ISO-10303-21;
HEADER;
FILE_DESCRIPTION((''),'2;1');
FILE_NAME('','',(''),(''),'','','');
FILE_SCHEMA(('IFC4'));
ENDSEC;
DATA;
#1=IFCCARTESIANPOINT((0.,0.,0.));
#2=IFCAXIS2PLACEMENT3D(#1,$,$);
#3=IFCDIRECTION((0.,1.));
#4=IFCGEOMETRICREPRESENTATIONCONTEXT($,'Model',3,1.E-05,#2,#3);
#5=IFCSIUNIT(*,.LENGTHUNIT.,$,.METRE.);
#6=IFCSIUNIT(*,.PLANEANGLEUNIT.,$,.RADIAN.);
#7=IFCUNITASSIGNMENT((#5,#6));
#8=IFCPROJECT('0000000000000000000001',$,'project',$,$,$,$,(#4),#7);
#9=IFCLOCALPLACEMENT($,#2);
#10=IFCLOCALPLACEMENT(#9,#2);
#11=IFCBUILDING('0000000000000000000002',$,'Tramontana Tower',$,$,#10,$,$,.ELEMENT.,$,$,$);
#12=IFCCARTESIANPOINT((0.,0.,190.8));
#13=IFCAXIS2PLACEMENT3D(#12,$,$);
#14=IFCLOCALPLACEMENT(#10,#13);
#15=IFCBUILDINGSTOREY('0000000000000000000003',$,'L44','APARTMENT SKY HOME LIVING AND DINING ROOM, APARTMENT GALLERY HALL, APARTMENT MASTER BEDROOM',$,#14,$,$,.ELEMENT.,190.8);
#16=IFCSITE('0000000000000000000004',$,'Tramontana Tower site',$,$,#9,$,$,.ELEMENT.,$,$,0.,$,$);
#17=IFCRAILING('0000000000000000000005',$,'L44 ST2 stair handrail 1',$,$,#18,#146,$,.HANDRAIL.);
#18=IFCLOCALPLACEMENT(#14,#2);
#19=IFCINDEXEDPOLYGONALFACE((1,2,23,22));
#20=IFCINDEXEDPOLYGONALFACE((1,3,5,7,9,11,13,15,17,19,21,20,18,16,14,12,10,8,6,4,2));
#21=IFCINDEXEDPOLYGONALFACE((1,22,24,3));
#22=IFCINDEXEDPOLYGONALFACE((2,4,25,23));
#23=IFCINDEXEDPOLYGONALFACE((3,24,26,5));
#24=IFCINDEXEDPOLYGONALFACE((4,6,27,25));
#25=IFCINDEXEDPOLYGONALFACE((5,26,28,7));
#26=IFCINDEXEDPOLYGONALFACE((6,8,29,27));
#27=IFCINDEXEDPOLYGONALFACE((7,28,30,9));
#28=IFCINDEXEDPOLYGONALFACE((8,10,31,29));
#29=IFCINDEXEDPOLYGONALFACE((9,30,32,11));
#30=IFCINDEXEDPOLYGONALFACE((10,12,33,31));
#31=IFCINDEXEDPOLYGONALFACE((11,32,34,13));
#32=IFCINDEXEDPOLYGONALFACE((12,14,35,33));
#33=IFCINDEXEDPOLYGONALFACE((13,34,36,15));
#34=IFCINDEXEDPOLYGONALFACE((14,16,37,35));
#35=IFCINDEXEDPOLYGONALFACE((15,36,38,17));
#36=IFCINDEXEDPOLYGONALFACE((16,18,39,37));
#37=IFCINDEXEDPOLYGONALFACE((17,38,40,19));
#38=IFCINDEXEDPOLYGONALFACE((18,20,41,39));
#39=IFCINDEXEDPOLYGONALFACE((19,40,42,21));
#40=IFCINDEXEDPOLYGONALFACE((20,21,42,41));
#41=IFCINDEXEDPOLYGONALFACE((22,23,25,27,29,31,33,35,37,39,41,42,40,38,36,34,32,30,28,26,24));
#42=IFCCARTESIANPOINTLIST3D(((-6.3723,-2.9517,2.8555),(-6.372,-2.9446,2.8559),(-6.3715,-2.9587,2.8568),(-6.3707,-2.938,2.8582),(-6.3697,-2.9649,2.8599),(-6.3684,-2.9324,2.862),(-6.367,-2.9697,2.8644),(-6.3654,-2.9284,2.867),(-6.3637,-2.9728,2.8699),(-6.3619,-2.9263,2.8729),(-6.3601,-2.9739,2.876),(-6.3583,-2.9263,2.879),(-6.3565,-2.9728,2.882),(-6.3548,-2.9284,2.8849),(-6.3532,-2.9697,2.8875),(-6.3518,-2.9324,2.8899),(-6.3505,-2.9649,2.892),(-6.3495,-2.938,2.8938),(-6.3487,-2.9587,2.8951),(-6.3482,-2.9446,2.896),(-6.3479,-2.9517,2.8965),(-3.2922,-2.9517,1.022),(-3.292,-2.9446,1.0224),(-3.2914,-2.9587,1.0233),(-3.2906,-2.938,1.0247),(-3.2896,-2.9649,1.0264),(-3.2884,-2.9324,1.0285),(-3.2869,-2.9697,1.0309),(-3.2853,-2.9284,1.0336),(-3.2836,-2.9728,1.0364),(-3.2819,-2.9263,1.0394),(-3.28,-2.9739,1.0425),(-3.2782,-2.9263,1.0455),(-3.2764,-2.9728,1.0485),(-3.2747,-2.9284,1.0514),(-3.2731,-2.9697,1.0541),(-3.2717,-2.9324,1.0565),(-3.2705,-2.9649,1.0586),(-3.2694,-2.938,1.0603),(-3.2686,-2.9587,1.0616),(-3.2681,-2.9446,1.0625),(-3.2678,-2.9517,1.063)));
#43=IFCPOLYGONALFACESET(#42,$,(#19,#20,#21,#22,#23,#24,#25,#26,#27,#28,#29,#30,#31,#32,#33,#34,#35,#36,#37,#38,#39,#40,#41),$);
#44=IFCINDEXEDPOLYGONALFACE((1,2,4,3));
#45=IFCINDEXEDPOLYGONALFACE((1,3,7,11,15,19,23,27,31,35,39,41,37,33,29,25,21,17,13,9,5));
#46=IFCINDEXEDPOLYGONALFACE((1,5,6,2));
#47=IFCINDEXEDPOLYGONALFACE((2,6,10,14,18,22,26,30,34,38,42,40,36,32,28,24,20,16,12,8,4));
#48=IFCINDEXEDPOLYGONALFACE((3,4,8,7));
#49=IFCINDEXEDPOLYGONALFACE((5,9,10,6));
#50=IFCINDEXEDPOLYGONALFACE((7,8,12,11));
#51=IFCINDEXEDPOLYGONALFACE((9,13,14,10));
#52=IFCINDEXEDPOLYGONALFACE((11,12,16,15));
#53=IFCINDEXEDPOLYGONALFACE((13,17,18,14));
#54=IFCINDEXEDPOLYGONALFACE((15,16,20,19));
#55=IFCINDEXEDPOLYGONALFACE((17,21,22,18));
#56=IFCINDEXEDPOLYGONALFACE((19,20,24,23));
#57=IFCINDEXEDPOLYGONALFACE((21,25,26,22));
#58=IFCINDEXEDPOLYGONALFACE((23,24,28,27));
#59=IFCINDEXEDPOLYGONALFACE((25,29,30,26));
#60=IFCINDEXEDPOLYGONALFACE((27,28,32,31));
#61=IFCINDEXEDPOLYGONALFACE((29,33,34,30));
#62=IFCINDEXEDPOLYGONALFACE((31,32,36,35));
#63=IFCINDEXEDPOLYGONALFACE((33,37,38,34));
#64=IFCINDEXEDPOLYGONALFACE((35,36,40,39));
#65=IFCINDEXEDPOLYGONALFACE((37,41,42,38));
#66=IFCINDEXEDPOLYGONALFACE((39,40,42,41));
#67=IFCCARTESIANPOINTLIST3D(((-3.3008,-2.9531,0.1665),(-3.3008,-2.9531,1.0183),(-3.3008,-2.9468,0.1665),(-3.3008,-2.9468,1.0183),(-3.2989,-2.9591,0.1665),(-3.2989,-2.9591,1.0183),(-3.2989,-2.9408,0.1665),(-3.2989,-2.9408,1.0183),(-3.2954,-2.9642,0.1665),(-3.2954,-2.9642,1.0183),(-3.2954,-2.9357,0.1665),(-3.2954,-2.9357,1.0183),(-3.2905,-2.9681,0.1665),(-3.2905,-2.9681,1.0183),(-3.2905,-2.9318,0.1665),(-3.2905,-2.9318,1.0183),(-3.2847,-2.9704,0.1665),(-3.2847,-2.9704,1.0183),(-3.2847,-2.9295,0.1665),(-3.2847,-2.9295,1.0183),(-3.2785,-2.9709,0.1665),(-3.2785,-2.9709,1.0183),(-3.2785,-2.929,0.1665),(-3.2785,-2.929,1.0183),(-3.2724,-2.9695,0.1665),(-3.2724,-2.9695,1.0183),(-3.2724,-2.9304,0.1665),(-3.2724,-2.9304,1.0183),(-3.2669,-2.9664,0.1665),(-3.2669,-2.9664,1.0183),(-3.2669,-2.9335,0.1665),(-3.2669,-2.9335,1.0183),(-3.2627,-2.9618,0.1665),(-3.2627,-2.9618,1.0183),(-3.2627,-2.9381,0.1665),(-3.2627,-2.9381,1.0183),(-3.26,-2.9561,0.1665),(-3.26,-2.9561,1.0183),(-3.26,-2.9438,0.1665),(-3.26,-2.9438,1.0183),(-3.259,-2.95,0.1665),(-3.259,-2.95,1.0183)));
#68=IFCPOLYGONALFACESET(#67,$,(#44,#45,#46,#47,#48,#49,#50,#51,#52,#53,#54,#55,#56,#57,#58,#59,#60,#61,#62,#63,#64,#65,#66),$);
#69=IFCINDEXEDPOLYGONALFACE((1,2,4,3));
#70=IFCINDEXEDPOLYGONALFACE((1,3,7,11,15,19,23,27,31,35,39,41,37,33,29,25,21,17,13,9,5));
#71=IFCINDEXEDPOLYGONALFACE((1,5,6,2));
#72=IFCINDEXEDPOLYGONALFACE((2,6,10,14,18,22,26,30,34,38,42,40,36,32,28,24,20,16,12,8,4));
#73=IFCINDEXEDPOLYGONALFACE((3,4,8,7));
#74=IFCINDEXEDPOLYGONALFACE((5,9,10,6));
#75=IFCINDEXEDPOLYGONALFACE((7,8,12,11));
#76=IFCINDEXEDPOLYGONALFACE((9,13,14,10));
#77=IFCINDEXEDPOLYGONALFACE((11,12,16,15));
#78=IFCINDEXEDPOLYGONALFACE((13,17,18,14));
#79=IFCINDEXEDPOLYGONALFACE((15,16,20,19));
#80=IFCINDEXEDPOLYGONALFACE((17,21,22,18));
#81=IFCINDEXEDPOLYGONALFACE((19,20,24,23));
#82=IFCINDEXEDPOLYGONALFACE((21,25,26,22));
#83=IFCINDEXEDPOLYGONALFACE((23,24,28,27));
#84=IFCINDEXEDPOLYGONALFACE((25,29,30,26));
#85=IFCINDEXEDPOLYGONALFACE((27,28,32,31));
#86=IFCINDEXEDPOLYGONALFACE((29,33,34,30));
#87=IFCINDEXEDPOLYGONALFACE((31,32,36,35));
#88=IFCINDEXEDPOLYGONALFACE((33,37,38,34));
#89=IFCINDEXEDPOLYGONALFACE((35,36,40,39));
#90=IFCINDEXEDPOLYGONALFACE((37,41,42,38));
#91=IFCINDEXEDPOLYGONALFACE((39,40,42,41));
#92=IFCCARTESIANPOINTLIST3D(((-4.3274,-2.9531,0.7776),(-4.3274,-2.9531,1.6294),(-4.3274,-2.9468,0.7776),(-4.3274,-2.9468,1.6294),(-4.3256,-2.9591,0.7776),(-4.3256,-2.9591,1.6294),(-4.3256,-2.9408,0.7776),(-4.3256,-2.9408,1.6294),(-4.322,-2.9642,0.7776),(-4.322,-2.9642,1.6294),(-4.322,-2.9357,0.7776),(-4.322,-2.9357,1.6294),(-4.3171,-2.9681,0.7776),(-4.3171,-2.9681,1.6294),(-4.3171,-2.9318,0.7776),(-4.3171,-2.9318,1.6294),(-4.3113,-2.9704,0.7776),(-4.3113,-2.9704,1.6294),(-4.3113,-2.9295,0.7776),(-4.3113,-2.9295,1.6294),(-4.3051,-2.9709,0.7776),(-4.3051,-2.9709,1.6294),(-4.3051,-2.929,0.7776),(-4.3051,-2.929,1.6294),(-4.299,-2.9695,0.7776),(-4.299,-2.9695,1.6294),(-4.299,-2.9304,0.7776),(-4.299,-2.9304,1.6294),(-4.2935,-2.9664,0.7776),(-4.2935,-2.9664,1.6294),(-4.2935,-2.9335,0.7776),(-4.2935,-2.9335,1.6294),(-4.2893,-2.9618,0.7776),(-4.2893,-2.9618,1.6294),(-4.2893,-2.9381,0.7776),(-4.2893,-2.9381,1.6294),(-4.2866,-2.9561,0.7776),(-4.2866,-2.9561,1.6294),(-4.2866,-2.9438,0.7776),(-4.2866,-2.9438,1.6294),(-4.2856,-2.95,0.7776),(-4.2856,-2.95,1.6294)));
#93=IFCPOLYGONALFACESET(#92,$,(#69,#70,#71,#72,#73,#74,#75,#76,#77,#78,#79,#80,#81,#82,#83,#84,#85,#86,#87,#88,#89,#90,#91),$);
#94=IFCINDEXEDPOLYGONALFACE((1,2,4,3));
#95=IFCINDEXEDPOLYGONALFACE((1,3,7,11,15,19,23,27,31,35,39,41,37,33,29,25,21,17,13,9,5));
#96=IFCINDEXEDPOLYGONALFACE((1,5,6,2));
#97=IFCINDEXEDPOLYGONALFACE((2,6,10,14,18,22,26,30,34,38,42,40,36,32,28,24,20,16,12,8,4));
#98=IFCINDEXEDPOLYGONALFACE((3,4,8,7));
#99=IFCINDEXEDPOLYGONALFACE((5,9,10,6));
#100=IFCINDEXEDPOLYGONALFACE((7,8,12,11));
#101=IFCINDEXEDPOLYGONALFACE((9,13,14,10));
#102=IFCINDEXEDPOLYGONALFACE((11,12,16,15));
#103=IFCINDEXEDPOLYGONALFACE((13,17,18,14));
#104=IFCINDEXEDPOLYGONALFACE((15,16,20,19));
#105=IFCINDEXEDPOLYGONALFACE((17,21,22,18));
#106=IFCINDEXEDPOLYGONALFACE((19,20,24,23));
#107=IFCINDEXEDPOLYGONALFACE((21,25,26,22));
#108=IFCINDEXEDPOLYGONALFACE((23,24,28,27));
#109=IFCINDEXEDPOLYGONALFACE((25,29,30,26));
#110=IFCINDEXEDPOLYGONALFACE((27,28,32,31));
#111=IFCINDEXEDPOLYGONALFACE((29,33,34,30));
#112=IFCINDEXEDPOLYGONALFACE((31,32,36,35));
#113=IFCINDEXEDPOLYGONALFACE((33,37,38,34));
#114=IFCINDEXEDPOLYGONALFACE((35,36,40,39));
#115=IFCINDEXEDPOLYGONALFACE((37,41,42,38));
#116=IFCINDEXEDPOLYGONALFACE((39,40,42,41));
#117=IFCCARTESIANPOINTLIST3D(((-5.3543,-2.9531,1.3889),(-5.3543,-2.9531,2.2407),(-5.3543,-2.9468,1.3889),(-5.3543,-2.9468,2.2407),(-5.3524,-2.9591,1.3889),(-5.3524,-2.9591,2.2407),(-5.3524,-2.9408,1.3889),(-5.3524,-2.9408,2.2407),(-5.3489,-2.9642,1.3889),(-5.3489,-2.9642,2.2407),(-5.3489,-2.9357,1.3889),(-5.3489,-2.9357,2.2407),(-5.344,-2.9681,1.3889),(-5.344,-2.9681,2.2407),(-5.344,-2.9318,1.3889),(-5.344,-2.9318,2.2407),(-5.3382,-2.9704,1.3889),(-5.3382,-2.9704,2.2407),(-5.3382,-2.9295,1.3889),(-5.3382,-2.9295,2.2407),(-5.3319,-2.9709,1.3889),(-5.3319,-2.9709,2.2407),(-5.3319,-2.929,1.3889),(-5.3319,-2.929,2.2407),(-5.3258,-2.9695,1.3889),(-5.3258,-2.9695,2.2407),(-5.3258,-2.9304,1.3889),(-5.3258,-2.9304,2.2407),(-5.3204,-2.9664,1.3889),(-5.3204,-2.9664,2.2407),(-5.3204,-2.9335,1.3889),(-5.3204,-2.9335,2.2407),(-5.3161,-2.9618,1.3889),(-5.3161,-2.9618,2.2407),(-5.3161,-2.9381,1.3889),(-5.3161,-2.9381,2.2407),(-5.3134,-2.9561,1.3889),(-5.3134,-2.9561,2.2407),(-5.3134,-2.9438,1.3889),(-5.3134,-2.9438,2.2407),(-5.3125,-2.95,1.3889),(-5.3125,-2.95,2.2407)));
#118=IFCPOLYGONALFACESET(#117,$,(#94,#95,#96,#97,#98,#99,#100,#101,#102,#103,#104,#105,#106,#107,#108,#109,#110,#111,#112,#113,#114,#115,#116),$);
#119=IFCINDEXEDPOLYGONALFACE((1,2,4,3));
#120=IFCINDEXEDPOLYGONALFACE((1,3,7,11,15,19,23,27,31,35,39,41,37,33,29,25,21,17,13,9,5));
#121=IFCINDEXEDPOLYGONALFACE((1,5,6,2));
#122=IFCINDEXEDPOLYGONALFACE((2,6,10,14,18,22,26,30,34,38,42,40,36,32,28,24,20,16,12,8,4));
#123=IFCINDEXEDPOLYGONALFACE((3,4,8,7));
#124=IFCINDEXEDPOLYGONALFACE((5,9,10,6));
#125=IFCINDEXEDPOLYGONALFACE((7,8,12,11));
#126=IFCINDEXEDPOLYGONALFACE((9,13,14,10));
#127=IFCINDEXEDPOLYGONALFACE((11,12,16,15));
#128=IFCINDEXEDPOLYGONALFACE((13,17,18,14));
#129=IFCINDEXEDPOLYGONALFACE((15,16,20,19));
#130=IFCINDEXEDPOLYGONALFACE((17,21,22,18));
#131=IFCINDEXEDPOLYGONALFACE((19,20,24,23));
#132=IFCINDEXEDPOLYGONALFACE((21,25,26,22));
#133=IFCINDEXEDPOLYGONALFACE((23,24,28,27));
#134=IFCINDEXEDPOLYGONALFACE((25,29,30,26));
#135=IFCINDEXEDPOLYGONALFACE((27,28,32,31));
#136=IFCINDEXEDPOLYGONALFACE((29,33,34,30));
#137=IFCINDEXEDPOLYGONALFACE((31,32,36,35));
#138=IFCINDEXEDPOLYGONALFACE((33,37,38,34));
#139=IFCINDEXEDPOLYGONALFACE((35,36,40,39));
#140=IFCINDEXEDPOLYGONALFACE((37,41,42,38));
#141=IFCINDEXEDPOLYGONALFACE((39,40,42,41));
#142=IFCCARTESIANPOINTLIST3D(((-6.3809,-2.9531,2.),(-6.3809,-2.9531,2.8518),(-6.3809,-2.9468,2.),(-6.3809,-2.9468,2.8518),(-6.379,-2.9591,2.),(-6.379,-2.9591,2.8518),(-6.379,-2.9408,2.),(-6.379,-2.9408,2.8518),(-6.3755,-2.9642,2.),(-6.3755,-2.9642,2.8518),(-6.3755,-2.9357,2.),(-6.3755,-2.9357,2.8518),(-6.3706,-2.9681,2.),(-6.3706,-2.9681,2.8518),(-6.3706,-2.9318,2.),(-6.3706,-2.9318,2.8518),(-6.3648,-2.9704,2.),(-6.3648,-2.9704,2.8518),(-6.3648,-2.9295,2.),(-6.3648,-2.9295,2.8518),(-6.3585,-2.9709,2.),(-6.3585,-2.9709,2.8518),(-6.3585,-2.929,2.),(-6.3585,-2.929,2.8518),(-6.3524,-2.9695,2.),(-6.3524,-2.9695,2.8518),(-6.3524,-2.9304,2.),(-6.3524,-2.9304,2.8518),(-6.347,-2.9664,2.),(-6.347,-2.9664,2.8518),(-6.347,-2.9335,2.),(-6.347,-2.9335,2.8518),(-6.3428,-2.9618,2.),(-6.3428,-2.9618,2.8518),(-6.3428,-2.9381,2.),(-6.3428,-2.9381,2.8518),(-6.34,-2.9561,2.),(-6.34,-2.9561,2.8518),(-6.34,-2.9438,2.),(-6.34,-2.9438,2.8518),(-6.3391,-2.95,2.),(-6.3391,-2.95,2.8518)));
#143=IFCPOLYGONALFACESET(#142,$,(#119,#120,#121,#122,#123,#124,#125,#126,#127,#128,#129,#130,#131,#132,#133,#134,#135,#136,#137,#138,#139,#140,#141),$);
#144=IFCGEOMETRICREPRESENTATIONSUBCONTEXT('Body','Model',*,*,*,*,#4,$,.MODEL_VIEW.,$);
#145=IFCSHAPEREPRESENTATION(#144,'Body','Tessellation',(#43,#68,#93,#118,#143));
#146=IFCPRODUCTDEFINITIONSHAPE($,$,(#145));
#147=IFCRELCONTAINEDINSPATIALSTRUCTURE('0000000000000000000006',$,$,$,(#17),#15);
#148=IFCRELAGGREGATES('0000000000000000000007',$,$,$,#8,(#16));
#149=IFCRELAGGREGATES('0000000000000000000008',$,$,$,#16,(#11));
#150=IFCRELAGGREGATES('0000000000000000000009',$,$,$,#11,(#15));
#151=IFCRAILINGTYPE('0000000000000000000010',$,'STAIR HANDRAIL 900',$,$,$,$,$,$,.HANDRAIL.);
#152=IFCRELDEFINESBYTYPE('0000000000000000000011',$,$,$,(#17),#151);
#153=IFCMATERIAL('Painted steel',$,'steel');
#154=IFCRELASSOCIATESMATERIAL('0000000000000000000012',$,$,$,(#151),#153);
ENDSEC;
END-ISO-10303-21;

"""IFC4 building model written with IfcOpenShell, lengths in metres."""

from ifc_helpers import new_model, si_unit, direction, frame, origin, origin_2d, place, context, subcontext, project, spatial, circle, extrude, material, type_object, element, save


model = new_model("IFC4")

# Units and contexts
model_context = context("Model", 3, precision=1e-05, world=origin(), true_north=direction((0.0, 1.0)))
body_context = subcontext(model_context, "Body", "Model", "MODEL_VIEW")
ifc_project = project(units=[si_unit("LENGTHUNIT", "METRE"), si_unit("PLANEANGLEUNIT", "RADIAN")], contexts=[model_context])

# Site, building, storey
site_placement = place(None, origin())
site = spatial("IfcSite", under=ifc_project, at=site_placement, Name="Tramontana Tower site", CompositionType="ELEMENT", RefElevation=0.0)
building_placement = place(site_placement, origin())
building = spatial("IfcBuilding", under=site, at=building_placement, Name="Tramontana Tower", CompositionType="ELEMENT")
storey_placement = place(building_placement, frame((0.0, 0.0, 190.8)))
storey = spatial("IfcBuildingStorey", under=building, at=storey_placement, Name="L44", Description="APARTMENT SKY HOME LIVING AND DINING ROOM, APARTMENT GALLERY HALL, APARTMENT MASTER BEDROOM", CompositionType="ELEMENT", Elevation=190.8)

# Railing
ifc_material_1 = material(Name="Painted steel", Category="steel")
railing_type_1 = type_object("IfcRailingType", Name="STAIR HANDRAIL 900", PredefinedType="HANDRAIL", material=ifc_material_1)
railing_1_placement = place(storey_placement, frame((-3.28, -2.95, 0.1665)))
element("IfcRailing", 1, at=railing_1_placement, inside=storey, type_object=railing_type_1, Name="L44 ST2 stair handrail 1", PredefinedType="HANDRAIL", context=body_context, shape_type="SweptSolid", body=[
    extrude(circle(Radius=0.0239, at=origin_2d()), frame((0.0, 0.0, 0.876), z_axis=(-0.859279, 0.0, 0.511508), x_axis=(0.0, -1.0, 0.0)), (0.0, 0.0, 1.0), 3.5845),
    extrude(circle(Radius=0.021, at=origin_2d()), origin(), (0.0, 0.0, 1.0), 0.8518),
    extrude(circle(Radius=0.021, at=origin_2d()), frame((-1.0266, 0.0, 0.6111)), (0.0, 0.0, 1.0), 0.8518),
    extrude(circle(Radius=0.021, at=origin_2d()), frame((-2.0535, 0.0, 1.2224)), (0.0, 0.0, 1.0), 0.8518),
    extrude(circle(Radius=0.021, at=origin_2d()), frame((-3.0801, 0.0, 1.8335)), (0.0, 0.0, 1.0), 0.8518),
])

save(model, "model.ifc")
